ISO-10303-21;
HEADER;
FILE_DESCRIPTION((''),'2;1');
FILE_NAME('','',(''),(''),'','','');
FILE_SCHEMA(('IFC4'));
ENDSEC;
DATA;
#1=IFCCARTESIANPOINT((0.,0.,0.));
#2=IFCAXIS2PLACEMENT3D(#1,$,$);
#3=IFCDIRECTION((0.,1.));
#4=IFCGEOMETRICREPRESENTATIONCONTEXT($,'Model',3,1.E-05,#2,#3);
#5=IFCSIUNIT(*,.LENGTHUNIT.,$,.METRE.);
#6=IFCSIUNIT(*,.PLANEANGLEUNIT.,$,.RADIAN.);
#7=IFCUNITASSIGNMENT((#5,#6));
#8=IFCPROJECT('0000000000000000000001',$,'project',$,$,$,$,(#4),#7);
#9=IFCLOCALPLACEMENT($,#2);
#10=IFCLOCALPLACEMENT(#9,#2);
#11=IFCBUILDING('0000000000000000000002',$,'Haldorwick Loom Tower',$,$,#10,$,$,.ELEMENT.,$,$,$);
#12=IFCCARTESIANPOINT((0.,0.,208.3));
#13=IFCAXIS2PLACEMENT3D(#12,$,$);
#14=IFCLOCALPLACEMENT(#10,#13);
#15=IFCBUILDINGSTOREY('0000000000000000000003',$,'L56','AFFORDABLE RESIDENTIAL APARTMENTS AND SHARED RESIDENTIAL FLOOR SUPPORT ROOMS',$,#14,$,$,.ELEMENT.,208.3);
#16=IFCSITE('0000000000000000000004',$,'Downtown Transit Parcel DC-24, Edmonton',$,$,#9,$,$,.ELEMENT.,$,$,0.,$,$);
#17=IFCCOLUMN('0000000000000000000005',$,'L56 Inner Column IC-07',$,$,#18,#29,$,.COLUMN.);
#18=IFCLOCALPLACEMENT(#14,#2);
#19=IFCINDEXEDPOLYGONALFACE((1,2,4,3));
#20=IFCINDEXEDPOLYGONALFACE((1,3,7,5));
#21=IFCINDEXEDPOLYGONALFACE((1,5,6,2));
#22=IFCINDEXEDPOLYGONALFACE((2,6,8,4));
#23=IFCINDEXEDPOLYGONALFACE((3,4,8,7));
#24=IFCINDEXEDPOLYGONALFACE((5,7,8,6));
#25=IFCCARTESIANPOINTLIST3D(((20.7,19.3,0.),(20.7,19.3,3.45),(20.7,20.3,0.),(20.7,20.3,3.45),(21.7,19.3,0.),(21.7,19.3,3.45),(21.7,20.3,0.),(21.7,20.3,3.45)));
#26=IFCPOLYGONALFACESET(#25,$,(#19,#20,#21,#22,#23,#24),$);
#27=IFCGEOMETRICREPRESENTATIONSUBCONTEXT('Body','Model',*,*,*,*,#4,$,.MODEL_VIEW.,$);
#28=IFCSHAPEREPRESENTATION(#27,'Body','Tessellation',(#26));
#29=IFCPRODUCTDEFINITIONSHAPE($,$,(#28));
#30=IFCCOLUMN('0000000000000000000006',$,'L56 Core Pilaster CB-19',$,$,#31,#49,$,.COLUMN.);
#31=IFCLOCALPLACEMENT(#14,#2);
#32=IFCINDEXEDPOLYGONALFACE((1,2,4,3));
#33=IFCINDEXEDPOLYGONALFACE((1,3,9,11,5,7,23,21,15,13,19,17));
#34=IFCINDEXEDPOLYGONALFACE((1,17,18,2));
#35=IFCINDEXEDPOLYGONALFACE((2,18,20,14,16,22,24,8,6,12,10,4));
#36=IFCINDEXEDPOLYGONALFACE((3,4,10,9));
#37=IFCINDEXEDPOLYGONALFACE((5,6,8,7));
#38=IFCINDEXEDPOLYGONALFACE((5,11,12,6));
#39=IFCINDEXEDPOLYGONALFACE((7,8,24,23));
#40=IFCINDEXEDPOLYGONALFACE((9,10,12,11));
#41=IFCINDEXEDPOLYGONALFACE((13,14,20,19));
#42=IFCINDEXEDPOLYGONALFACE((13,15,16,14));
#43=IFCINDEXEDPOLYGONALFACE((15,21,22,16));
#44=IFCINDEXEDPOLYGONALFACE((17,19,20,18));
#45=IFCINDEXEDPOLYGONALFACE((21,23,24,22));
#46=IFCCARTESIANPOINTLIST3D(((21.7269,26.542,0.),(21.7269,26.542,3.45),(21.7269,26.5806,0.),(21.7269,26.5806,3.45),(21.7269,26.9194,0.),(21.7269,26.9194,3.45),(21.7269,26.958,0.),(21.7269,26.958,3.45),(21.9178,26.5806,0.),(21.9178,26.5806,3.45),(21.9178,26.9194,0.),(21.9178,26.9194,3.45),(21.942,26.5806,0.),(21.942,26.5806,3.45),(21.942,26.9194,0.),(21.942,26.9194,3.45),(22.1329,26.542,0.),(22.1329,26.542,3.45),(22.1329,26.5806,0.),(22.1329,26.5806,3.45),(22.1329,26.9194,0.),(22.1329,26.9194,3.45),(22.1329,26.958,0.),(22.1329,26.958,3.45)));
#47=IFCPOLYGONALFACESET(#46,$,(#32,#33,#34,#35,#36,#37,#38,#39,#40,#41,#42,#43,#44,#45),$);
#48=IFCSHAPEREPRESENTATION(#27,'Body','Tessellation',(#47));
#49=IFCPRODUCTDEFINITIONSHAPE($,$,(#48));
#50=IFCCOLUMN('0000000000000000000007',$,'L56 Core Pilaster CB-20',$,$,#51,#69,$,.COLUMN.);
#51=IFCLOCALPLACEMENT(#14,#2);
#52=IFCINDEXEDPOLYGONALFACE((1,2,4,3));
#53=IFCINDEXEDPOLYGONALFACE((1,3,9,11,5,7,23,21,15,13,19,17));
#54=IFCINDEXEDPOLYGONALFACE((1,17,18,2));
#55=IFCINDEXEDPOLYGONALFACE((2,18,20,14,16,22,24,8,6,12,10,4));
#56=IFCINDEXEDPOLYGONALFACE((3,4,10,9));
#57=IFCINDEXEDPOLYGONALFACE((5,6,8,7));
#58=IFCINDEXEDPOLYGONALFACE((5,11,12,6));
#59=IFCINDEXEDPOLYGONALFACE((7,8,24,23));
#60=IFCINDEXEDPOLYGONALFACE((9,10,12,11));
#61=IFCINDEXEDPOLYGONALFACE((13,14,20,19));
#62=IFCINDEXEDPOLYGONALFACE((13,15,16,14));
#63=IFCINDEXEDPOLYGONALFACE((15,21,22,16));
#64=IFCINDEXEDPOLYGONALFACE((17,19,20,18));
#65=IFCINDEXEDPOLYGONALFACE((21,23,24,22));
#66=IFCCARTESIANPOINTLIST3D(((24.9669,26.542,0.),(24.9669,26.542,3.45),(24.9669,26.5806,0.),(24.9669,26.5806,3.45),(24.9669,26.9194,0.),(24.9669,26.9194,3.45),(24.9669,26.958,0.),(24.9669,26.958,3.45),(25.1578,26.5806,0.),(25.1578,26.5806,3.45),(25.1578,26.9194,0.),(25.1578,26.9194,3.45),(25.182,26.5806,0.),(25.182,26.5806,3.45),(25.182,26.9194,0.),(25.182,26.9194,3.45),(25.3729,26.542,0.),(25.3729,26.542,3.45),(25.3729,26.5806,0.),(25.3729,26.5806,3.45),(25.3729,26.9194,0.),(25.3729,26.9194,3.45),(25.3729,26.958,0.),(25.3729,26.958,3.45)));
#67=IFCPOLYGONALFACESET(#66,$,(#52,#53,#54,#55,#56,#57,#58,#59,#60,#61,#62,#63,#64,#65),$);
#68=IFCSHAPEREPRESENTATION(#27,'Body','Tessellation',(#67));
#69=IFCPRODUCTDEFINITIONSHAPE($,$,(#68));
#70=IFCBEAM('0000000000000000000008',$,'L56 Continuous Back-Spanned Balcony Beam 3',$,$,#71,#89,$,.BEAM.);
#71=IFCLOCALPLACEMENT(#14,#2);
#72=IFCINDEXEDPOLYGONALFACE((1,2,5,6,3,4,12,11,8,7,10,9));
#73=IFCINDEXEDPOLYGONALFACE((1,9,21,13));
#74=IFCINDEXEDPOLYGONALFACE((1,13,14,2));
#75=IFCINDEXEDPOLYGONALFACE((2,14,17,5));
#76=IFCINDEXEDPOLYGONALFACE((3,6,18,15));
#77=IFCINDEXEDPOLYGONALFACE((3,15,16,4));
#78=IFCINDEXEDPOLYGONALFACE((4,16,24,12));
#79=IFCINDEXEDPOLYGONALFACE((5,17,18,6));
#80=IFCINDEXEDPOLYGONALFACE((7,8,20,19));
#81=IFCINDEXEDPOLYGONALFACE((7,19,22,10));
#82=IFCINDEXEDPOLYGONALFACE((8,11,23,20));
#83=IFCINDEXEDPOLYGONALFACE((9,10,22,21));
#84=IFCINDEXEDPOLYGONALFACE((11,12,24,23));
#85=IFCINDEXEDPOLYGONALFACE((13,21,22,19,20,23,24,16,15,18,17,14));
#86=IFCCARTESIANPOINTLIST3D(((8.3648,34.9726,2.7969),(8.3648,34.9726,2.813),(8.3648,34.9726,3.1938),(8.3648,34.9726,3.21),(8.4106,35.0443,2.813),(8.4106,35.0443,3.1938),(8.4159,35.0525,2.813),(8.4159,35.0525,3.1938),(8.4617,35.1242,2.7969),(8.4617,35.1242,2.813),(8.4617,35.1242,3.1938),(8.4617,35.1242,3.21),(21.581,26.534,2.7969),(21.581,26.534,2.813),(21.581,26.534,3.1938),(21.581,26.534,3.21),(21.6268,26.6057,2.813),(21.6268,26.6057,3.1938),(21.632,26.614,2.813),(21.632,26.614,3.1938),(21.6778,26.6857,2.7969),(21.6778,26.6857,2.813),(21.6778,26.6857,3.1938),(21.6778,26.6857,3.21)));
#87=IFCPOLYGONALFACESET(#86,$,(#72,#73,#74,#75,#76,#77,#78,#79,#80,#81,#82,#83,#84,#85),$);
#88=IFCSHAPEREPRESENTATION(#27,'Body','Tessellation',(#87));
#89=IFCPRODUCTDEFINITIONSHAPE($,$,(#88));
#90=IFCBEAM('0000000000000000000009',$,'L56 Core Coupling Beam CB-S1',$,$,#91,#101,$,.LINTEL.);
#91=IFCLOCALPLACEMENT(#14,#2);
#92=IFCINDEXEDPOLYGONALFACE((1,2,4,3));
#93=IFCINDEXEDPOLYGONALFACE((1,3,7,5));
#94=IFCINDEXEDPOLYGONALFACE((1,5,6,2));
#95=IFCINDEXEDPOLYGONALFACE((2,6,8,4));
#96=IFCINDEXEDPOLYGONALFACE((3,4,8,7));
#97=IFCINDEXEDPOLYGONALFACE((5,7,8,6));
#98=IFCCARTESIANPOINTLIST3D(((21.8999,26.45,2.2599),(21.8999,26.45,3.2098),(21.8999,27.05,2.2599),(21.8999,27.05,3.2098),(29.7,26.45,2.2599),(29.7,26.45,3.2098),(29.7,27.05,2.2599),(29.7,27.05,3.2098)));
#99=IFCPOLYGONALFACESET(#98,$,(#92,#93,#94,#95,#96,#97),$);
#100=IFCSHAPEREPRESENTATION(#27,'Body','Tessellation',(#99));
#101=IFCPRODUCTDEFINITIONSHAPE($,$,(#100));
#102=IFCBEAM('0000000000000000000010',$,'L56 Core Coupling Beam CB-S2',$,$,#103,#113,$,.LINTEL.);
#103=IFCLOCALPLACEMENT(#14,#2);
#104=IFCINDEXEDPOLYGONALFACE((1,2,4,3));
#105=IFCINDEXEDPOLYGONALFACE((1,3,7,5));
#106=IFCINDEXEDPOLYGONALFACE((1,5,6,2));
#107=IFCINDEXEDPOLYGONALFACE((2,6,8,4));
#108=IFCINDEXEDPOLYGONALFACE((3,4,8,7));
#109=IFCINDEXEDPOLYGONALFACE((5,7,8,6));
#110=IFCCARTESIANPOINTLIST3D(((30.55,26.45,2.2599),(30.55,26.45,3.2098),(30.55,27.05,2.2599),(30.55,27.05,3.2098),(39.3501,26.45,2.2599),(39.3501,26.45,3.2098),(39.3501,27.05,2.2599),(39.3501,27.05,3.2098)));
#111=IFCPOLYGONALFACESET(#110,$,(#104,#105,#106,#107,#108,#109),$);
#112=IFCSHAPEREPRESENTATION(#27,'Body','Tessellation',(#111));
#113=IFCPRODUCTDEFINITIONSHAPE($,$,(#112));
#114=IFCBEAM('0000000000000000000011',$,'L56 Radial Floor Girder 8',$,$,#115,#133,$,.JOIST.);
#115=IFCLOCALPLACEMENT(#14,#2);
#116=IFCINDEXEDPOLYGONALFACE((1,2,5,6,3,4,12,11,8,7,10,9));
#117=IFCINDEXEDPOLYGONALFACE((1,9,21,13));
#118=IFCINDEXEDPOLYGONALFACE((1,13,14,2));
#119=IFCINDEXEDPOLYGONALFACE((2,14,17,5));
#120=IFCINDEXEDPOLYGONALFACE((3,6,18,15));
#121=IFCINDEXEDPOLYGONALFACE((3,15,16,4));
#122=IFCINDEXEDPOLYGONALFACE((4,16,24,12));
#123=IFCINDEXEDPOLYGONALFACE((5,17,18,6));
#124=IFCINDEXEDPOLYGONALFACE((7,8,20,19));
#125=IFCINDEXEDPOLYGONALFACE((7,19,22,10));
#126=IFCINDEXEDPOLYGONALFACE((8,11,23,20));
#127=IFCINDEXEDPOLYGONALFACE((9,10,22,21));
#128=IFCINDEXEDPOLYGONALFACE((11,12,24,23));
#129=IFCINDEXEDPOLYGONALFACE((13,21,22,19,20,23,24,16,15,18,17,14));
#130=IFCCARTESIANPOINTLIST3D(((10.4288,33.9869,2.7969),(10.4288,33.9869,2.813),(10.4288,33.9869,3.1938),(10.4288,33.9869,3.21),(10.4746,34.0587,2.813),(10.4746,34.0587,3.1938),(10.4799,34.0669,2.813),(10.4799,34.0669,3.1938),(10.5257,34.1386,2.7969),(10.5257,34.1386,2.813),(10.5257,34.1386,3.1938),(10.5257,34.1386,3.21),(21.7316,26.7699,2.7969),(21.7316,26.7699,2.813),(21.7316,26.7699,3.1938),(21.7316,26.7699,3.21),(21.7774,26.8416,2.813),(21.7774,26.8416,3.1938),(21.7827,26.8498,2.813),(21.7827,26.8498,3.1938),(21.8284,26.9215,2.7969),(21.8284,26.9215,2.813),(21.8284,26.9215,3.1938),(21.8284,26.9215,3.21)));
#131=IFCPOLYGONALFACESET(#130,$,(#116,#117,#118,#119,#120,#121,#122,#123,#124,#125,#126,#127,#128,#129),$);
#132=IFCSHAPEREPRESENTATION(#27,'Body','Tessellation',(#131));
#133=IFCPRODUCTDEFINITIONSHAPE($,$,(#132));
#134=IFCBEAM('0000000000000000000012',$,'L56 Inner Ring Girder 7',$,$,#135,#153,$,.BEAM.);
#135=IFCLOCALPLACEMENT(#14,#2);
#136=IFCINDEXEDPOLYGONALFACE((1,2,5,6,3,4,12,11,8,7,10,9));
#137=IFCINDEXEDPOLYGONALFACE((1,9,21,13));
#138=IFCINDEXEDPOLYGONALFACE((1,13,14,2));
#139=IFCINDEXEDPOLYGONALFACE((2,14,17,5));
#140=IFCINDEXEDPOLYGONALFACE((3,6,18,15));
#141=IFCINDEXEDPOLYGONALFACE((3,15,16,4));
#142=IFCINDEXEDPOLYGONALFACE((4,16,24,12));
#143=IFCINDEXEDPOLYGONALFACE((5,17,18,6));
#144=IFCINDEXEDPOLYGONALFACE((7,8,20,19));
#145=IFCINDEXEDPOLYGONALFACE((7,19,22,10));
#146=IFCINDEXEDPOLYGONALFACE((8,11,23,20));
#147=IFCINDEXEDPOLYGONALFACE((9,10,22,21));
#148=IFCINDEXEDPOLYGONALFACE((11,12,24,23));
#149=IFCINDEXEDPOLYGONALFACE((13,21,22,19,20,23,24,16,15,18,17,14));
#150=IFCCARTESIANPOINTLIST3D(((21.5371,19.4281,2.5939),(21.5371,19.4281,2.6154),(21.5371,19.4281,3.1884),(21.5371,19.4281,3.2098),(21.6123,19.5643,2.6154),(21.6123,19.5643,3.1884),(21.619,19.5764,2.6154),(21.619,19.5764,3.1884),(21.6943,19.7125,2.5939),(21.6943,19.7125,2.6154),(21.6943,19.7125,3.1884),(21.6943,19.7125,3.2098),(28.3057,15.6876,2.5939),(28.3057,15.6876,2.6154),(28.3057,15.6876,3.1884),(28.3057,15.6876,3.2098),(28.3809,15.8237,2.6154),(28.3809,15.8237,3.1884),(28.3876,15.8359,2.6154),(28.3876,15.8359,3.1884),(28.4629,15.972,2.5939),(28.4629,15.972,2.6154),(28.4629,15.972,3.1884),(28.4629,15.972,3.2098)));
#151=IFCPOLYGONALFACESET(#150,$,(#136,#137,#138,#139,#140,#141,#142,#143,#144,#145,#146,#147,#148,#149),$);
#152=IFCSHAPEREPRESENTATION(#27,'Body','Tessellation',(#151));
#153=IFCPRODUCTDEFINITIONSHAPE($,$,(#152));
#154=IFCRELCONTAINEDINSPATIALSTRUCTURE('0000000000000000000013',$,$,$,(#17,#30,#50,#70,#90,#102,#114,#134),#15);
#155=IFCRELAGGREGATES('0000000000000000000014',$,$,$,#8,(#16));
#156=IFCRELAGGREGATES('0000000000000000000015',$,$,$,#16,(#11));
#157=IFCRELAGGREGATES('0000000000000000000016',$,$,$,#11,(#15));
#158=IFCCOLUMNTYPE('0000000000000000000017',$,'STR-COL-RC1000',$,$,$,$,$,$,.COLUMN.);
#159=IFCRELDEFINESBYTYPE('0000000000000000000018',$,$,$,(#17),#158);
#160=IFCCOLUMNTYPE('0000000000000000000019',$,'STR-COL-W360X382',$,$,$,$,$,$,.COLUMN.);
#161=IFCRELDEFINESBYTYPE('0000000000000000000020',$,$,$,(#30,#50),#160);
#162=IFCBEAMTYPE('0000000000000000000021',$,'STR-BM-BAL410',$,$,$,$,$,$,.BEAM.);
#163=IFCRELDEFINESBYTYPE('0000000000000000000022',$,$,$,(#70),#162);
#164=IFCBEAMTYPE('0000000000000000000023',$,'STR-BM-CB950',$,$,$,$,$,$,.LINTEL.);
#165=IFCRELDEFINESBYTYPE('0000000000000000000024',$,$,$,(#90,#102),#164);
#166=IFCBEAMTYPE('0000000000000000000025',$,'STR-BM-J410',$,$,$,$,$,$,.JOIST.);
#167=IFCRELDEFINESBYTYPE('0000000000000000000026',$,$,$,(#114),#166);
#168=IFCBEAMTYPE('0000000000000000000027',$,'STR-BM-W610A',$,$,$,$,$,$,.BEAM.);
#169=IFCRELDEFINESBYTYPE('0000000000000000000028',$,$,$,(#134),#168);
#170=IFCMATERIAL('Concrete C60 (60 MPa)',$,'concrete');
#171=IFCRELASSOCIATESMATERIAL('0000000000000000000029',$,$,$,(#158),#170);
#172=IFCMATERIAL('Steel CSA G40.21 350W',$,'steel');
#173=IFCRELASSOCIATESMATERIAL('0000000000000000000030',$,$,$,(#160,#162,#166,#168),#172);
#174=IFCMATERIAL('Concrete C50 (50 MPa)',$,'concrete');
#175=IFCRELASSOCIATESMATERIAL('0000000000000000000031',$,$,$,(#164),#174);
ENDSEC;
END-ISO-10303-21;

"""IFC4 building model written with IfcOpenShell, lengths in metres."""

from ifc_helpers import new_model, si_unit, direction, frame, origin, origin_2d, place, context, subcontext, project, spatial, rectangle, i_section, extrude, material, material_profile, profile_set, type_object, element, save


model = new_model("IFC4")

# Units and contexts
model_context = context("Model", 3, precision=1e-05, world=origin(), true_north=direction((0.0, 1.0)))
body_context = subcontext(model_context, "Body", "Model", "MODEL_VIEW")
ifc_project = project(units=[si_unit("LENGTHUNIT", "METRE"), si_unit("PLANEANGLEUNIT", "RADIAN")], contexts=[model_context])

# Site, building, storey
site_placement = place(None, origin())
site = spatial("IfcSite", under=ifc_project, at=site_placement, Name="Downtown Transit Parcel DC-24, Edmonton", CompositionType="ELEMENT", RefElevation=0.0)
building_placement = place(site_placement, origin())
building = spatial("IfcBuilding", under=site, at=building_placement, Name="Haldorwick Loom Tower", CompositionType="ELEMENT")
storey_placement = place(building_placement, frame((0.0, 0.0, 208.3)))
storey = spatial("IfcBuildingStorey", under=building, at=storey_placement, Name="L56", Description="AFFORDABLE RESIDENTIAL APARTMENTS AND SHARED RESIDENTIAL FLOOR SUPPORT ROOMS", CompositionType="ELEMENT", Elevation=208.3)

# Columns
ifc_material_1 = material(Name="Concrete C60 (60 MPa)", Category="concrete")
ifc_material_profile_1 = material_profile(ifc_material_1, rectangle(XDim=1.0, YDim=1.0, at=origin_2d()), Name="RC1000X1000", Category="concrete")
ifc_profile_set_1 = profile_set([ifc_material_profile_1], Name="Concrete C60 (60 MPa)")
column_type_1 = type_object("IfcColumnType", Name="STR-COL-RC1000", PredefinedType="COLUMN", material=ifc_profile_set_1)
column_placement = place(storey_placement, frame((21.2, 19.8, 0.0), z_axis=(0.0, 0.0, 1.0), x_axis=(1.0, 0.0, 0.0)))
element("IfcColumn", 1, at=column_placement, inside=storey, type_object=column_type_1, Name="L56 Inner Column IC-07", PredefinedType="COLUMN", context=body_context, shape_type="SweptSolid", body=[
    extrude(rectangle(XDim=1.0, YDim=1.0, at=origin_2d()), origin(), (0.0, 0.0, 1.0), 3.45),
])
ifc_material_2 = material(Name="Steel CSA G40.21 350W", Category="steel")
ifc_material_profile_2 = material_profile(ifc_material_2, i_section(OverallWidth=0.406, OverallDepth=0.416, WebThickness=0.0242, FlangeThickness=0.0386, at=origin_2d()), Name="W360X382", Category="steel")
ifc_profile_set_2 = profile_set([ifc_material_profile_2], Name="Steel CSA G40.21 350W")
column_type_2 = type_object("IfcColumnType", Name="STR-COL-W360X382", PredefinedType="COLUMN", material=ifc_profile_set_2)
for number, where, z_axis, x_axis, name in (
    (2, (21.9299, 26.75, 0.0), (0.0, 0.0, 1.0), (1.0, 0.0, 0.0), "L56 Core Pilaster CB-19"),
    (3, (25.1699, 26.75, 0.0), (0.0, 0.0, 1.0), (1.0, 0.0, 0.0), "L56 Core Pilaster CB-20"),
):
    element("IfcColumn", number, at=place(storey_placement, frame(where, z_axis=z_axis, x_axis=x_axis)), inside=storey, type_object=column_type_2, Name=name, PredefinedType="COLUMN", context=body_context, shape_type="SweptSolid", body=[
        extrude(i_section(OverallWidth=0.406, OverallDepth=0.416, WebThickness=0.0242, FlangeThickness=0.0386, at=origin_2d()), origin(), (0.0, 0.0, 1.0), 3.45),
    ])

# Beams
ifc_material_profile_3 = material_profile(ifc_material_2, i_section(OverallWidth=0.1799, OverallDepth=0.4131, WebThickness=0.0098, FlangeThickness=0.0161, at=origin_2d()), Name="W410X74", Category="steel")
ifc_profile_set_3 = profile_set([ifc_material_profile_3], Name="Steel CSA G40.21 350W")
beam_type_1 = type_object("IfcBeamType", Name="STR-BM-BAL410", PredefinedType="BEAM", material=ifc_profile_set_3)
beam_1_placement = place(storey_placement, frame((21.6294, 26.6099, 3.0034), z_axis=(-0.842844, 0.538157, 0.0), x_axis=(-0.538157, -0.842844, 0.0)))
element("IfcBeam", 4, at=beam_1_placement, inside=storey, type_object=beam_type_1, Name="L56 Continuous Back-Spanned Balcony Beam 3", PredefinedType="BEAM", context=body_context, shape_type="SweptSolid", body=[
    extrude(i_section(OverallWidth=0.1799, OverallDepth=0.4131, WebThickness=0.0098, FlangeThickness=0.0161, at=origin_2d()), origin(), (0.0, 0.0, 1.0), 15.6804),
])
ifc_material_3 = material(Name="Concrete C50 (50 MPa)", Category="concrete")
ifc_material_profile_4 = material_profile(ifc_material_3, rectangle(XDim=0.6001, YDim=0.95, at=origin_2d()), Name="RC600X950", Category="concrete")
ifc_profile_set_4 = profile_set([ifc_material_profile_4], Name="Concrete C50 (50 MPa)")
beam_type_2 = type_object("IfcBeamType", Name="STR-BM-CB950", PredefinedType="LINTEL", material=ifc_profile_set_4)
beam_2_placement = place(storey_placement, frame((21.8999, 26.75, 2.7349), z_axis=(1.0, 0.0, 0.0), x_axis=(0.0, 1.0, 0.0)))
element("IfcBeam", 5, at=beam_2_placement, inside=storey, type_object=beam_type_2, Name="L56 Core Coupling Beam CB-S1", PredefinedType="LINTEL", context=body_context, shape_type="SweptSolid", body=[
    extrude(rectangle(XDim=0.6001, YDim=0.95, at=origin_2d()), origin(), (0.0, 0.0, 1.0), 7.8),
])
beam_3_placement = place(storey_placement, frame((30.55, 26.75, 2.7349), z_axis=(1.0, 0.0, 0.0), x_axis=(0.0, 1.0, 0.0)))
element("IfcBeam", 6, at=beam_3_placement, inside=storey, type_object=beam_type_2, Name="L56 Core Coupling Beam CB-S2", PredefinedType="LINTEL", context=body_context, shape_type="SweptSolid", body=[
    extrude(rectangle(XDim=0.6001, YDim=0.95, at=origin_2d()), origin(), (0.0, 0.0, 1.0), 8.8),
])
ifc_material_profile_5 = material_profile(ifc_material_2, i_section(OverallWidth=0.1799, OverallDepth=0.4131, WebThickness=0.0098, FlangeThickness=0.0161, at=origin_2d()), Name="W410X74", Category="steel")
ifc_profile_set_5 = profile_set([ifc_material_profile_5], Name="Steel CSA G40.21 350W")
beam_type_3 = type_object("IfcBeamType", Name="STR-BM-J410", PredefinedType="JOIST", material=ifc_profile_set_5)
beam_4_placement = place(storey_placement, frame((21.78, 26.8457, 3.0034), z_axis=(-0.842837, 0.538169, 0.0), x_axis=(-0.538169, -0.842837, 0.0)))
element("IfcBeam", 7, at=beam_4_placement, inside=storey, type_object=beam_type_3, Name="L56 Radial Floor Girder 8", PredefinedType="JOIST", context=body_context, shape_type="SweptSolid", body=[
    extrude(i_section(OverallWidth=0.1799, OverallDepth=0.4131, WebThickness=0.0098, FlangeThickness=0.0161, at=origin_2d()), origin(), (0.0, 0.0, 1.0), 13.4104),
])
ifc_material_profile_6 = material_profile(ifc_material_2, i_section(OverallWidth=0.325, OverallDepth=0.616, WebThickness=0.0139, FlangeThickness=0.0215, at=origin_2d()), Name="W610X174", Category="steel")
ifc_profile_set_6 = profile_set([ifc_material_profile_6], Name="Steel CSA G40.21 350W")
beam_type_4 = type_object("IfcBeamType", Name="STR-BM-W610A", PredefinedType="BEAM", material=ifc_profile_set_6)
beam_5_placement = place(storey_placement, frame((28.3843, 15.8298, 2.9019), z_axis=(-0.875244, 0.483682, 0.0), x_axis=(-0.483682, -0.875244, 0.0)))
element("IfcBeam", 8, at=beam_5_placement, inside=storey, type_object=beam_type_4, Name="L56 Inner Ring Girder 7", PredefinedType="BEAM", context=body_context, shape_type="SweptSolid", body=[
    extrude(i_section(OverallWidth=0.325, OverallDepth=0.616, WebThickness=0.0139, FlangeThickness=0.0215, at=origin_2d()), origin(), (0.0, 0.0, 1.0), 7.7334),
])

save(model, "model.ifc")
